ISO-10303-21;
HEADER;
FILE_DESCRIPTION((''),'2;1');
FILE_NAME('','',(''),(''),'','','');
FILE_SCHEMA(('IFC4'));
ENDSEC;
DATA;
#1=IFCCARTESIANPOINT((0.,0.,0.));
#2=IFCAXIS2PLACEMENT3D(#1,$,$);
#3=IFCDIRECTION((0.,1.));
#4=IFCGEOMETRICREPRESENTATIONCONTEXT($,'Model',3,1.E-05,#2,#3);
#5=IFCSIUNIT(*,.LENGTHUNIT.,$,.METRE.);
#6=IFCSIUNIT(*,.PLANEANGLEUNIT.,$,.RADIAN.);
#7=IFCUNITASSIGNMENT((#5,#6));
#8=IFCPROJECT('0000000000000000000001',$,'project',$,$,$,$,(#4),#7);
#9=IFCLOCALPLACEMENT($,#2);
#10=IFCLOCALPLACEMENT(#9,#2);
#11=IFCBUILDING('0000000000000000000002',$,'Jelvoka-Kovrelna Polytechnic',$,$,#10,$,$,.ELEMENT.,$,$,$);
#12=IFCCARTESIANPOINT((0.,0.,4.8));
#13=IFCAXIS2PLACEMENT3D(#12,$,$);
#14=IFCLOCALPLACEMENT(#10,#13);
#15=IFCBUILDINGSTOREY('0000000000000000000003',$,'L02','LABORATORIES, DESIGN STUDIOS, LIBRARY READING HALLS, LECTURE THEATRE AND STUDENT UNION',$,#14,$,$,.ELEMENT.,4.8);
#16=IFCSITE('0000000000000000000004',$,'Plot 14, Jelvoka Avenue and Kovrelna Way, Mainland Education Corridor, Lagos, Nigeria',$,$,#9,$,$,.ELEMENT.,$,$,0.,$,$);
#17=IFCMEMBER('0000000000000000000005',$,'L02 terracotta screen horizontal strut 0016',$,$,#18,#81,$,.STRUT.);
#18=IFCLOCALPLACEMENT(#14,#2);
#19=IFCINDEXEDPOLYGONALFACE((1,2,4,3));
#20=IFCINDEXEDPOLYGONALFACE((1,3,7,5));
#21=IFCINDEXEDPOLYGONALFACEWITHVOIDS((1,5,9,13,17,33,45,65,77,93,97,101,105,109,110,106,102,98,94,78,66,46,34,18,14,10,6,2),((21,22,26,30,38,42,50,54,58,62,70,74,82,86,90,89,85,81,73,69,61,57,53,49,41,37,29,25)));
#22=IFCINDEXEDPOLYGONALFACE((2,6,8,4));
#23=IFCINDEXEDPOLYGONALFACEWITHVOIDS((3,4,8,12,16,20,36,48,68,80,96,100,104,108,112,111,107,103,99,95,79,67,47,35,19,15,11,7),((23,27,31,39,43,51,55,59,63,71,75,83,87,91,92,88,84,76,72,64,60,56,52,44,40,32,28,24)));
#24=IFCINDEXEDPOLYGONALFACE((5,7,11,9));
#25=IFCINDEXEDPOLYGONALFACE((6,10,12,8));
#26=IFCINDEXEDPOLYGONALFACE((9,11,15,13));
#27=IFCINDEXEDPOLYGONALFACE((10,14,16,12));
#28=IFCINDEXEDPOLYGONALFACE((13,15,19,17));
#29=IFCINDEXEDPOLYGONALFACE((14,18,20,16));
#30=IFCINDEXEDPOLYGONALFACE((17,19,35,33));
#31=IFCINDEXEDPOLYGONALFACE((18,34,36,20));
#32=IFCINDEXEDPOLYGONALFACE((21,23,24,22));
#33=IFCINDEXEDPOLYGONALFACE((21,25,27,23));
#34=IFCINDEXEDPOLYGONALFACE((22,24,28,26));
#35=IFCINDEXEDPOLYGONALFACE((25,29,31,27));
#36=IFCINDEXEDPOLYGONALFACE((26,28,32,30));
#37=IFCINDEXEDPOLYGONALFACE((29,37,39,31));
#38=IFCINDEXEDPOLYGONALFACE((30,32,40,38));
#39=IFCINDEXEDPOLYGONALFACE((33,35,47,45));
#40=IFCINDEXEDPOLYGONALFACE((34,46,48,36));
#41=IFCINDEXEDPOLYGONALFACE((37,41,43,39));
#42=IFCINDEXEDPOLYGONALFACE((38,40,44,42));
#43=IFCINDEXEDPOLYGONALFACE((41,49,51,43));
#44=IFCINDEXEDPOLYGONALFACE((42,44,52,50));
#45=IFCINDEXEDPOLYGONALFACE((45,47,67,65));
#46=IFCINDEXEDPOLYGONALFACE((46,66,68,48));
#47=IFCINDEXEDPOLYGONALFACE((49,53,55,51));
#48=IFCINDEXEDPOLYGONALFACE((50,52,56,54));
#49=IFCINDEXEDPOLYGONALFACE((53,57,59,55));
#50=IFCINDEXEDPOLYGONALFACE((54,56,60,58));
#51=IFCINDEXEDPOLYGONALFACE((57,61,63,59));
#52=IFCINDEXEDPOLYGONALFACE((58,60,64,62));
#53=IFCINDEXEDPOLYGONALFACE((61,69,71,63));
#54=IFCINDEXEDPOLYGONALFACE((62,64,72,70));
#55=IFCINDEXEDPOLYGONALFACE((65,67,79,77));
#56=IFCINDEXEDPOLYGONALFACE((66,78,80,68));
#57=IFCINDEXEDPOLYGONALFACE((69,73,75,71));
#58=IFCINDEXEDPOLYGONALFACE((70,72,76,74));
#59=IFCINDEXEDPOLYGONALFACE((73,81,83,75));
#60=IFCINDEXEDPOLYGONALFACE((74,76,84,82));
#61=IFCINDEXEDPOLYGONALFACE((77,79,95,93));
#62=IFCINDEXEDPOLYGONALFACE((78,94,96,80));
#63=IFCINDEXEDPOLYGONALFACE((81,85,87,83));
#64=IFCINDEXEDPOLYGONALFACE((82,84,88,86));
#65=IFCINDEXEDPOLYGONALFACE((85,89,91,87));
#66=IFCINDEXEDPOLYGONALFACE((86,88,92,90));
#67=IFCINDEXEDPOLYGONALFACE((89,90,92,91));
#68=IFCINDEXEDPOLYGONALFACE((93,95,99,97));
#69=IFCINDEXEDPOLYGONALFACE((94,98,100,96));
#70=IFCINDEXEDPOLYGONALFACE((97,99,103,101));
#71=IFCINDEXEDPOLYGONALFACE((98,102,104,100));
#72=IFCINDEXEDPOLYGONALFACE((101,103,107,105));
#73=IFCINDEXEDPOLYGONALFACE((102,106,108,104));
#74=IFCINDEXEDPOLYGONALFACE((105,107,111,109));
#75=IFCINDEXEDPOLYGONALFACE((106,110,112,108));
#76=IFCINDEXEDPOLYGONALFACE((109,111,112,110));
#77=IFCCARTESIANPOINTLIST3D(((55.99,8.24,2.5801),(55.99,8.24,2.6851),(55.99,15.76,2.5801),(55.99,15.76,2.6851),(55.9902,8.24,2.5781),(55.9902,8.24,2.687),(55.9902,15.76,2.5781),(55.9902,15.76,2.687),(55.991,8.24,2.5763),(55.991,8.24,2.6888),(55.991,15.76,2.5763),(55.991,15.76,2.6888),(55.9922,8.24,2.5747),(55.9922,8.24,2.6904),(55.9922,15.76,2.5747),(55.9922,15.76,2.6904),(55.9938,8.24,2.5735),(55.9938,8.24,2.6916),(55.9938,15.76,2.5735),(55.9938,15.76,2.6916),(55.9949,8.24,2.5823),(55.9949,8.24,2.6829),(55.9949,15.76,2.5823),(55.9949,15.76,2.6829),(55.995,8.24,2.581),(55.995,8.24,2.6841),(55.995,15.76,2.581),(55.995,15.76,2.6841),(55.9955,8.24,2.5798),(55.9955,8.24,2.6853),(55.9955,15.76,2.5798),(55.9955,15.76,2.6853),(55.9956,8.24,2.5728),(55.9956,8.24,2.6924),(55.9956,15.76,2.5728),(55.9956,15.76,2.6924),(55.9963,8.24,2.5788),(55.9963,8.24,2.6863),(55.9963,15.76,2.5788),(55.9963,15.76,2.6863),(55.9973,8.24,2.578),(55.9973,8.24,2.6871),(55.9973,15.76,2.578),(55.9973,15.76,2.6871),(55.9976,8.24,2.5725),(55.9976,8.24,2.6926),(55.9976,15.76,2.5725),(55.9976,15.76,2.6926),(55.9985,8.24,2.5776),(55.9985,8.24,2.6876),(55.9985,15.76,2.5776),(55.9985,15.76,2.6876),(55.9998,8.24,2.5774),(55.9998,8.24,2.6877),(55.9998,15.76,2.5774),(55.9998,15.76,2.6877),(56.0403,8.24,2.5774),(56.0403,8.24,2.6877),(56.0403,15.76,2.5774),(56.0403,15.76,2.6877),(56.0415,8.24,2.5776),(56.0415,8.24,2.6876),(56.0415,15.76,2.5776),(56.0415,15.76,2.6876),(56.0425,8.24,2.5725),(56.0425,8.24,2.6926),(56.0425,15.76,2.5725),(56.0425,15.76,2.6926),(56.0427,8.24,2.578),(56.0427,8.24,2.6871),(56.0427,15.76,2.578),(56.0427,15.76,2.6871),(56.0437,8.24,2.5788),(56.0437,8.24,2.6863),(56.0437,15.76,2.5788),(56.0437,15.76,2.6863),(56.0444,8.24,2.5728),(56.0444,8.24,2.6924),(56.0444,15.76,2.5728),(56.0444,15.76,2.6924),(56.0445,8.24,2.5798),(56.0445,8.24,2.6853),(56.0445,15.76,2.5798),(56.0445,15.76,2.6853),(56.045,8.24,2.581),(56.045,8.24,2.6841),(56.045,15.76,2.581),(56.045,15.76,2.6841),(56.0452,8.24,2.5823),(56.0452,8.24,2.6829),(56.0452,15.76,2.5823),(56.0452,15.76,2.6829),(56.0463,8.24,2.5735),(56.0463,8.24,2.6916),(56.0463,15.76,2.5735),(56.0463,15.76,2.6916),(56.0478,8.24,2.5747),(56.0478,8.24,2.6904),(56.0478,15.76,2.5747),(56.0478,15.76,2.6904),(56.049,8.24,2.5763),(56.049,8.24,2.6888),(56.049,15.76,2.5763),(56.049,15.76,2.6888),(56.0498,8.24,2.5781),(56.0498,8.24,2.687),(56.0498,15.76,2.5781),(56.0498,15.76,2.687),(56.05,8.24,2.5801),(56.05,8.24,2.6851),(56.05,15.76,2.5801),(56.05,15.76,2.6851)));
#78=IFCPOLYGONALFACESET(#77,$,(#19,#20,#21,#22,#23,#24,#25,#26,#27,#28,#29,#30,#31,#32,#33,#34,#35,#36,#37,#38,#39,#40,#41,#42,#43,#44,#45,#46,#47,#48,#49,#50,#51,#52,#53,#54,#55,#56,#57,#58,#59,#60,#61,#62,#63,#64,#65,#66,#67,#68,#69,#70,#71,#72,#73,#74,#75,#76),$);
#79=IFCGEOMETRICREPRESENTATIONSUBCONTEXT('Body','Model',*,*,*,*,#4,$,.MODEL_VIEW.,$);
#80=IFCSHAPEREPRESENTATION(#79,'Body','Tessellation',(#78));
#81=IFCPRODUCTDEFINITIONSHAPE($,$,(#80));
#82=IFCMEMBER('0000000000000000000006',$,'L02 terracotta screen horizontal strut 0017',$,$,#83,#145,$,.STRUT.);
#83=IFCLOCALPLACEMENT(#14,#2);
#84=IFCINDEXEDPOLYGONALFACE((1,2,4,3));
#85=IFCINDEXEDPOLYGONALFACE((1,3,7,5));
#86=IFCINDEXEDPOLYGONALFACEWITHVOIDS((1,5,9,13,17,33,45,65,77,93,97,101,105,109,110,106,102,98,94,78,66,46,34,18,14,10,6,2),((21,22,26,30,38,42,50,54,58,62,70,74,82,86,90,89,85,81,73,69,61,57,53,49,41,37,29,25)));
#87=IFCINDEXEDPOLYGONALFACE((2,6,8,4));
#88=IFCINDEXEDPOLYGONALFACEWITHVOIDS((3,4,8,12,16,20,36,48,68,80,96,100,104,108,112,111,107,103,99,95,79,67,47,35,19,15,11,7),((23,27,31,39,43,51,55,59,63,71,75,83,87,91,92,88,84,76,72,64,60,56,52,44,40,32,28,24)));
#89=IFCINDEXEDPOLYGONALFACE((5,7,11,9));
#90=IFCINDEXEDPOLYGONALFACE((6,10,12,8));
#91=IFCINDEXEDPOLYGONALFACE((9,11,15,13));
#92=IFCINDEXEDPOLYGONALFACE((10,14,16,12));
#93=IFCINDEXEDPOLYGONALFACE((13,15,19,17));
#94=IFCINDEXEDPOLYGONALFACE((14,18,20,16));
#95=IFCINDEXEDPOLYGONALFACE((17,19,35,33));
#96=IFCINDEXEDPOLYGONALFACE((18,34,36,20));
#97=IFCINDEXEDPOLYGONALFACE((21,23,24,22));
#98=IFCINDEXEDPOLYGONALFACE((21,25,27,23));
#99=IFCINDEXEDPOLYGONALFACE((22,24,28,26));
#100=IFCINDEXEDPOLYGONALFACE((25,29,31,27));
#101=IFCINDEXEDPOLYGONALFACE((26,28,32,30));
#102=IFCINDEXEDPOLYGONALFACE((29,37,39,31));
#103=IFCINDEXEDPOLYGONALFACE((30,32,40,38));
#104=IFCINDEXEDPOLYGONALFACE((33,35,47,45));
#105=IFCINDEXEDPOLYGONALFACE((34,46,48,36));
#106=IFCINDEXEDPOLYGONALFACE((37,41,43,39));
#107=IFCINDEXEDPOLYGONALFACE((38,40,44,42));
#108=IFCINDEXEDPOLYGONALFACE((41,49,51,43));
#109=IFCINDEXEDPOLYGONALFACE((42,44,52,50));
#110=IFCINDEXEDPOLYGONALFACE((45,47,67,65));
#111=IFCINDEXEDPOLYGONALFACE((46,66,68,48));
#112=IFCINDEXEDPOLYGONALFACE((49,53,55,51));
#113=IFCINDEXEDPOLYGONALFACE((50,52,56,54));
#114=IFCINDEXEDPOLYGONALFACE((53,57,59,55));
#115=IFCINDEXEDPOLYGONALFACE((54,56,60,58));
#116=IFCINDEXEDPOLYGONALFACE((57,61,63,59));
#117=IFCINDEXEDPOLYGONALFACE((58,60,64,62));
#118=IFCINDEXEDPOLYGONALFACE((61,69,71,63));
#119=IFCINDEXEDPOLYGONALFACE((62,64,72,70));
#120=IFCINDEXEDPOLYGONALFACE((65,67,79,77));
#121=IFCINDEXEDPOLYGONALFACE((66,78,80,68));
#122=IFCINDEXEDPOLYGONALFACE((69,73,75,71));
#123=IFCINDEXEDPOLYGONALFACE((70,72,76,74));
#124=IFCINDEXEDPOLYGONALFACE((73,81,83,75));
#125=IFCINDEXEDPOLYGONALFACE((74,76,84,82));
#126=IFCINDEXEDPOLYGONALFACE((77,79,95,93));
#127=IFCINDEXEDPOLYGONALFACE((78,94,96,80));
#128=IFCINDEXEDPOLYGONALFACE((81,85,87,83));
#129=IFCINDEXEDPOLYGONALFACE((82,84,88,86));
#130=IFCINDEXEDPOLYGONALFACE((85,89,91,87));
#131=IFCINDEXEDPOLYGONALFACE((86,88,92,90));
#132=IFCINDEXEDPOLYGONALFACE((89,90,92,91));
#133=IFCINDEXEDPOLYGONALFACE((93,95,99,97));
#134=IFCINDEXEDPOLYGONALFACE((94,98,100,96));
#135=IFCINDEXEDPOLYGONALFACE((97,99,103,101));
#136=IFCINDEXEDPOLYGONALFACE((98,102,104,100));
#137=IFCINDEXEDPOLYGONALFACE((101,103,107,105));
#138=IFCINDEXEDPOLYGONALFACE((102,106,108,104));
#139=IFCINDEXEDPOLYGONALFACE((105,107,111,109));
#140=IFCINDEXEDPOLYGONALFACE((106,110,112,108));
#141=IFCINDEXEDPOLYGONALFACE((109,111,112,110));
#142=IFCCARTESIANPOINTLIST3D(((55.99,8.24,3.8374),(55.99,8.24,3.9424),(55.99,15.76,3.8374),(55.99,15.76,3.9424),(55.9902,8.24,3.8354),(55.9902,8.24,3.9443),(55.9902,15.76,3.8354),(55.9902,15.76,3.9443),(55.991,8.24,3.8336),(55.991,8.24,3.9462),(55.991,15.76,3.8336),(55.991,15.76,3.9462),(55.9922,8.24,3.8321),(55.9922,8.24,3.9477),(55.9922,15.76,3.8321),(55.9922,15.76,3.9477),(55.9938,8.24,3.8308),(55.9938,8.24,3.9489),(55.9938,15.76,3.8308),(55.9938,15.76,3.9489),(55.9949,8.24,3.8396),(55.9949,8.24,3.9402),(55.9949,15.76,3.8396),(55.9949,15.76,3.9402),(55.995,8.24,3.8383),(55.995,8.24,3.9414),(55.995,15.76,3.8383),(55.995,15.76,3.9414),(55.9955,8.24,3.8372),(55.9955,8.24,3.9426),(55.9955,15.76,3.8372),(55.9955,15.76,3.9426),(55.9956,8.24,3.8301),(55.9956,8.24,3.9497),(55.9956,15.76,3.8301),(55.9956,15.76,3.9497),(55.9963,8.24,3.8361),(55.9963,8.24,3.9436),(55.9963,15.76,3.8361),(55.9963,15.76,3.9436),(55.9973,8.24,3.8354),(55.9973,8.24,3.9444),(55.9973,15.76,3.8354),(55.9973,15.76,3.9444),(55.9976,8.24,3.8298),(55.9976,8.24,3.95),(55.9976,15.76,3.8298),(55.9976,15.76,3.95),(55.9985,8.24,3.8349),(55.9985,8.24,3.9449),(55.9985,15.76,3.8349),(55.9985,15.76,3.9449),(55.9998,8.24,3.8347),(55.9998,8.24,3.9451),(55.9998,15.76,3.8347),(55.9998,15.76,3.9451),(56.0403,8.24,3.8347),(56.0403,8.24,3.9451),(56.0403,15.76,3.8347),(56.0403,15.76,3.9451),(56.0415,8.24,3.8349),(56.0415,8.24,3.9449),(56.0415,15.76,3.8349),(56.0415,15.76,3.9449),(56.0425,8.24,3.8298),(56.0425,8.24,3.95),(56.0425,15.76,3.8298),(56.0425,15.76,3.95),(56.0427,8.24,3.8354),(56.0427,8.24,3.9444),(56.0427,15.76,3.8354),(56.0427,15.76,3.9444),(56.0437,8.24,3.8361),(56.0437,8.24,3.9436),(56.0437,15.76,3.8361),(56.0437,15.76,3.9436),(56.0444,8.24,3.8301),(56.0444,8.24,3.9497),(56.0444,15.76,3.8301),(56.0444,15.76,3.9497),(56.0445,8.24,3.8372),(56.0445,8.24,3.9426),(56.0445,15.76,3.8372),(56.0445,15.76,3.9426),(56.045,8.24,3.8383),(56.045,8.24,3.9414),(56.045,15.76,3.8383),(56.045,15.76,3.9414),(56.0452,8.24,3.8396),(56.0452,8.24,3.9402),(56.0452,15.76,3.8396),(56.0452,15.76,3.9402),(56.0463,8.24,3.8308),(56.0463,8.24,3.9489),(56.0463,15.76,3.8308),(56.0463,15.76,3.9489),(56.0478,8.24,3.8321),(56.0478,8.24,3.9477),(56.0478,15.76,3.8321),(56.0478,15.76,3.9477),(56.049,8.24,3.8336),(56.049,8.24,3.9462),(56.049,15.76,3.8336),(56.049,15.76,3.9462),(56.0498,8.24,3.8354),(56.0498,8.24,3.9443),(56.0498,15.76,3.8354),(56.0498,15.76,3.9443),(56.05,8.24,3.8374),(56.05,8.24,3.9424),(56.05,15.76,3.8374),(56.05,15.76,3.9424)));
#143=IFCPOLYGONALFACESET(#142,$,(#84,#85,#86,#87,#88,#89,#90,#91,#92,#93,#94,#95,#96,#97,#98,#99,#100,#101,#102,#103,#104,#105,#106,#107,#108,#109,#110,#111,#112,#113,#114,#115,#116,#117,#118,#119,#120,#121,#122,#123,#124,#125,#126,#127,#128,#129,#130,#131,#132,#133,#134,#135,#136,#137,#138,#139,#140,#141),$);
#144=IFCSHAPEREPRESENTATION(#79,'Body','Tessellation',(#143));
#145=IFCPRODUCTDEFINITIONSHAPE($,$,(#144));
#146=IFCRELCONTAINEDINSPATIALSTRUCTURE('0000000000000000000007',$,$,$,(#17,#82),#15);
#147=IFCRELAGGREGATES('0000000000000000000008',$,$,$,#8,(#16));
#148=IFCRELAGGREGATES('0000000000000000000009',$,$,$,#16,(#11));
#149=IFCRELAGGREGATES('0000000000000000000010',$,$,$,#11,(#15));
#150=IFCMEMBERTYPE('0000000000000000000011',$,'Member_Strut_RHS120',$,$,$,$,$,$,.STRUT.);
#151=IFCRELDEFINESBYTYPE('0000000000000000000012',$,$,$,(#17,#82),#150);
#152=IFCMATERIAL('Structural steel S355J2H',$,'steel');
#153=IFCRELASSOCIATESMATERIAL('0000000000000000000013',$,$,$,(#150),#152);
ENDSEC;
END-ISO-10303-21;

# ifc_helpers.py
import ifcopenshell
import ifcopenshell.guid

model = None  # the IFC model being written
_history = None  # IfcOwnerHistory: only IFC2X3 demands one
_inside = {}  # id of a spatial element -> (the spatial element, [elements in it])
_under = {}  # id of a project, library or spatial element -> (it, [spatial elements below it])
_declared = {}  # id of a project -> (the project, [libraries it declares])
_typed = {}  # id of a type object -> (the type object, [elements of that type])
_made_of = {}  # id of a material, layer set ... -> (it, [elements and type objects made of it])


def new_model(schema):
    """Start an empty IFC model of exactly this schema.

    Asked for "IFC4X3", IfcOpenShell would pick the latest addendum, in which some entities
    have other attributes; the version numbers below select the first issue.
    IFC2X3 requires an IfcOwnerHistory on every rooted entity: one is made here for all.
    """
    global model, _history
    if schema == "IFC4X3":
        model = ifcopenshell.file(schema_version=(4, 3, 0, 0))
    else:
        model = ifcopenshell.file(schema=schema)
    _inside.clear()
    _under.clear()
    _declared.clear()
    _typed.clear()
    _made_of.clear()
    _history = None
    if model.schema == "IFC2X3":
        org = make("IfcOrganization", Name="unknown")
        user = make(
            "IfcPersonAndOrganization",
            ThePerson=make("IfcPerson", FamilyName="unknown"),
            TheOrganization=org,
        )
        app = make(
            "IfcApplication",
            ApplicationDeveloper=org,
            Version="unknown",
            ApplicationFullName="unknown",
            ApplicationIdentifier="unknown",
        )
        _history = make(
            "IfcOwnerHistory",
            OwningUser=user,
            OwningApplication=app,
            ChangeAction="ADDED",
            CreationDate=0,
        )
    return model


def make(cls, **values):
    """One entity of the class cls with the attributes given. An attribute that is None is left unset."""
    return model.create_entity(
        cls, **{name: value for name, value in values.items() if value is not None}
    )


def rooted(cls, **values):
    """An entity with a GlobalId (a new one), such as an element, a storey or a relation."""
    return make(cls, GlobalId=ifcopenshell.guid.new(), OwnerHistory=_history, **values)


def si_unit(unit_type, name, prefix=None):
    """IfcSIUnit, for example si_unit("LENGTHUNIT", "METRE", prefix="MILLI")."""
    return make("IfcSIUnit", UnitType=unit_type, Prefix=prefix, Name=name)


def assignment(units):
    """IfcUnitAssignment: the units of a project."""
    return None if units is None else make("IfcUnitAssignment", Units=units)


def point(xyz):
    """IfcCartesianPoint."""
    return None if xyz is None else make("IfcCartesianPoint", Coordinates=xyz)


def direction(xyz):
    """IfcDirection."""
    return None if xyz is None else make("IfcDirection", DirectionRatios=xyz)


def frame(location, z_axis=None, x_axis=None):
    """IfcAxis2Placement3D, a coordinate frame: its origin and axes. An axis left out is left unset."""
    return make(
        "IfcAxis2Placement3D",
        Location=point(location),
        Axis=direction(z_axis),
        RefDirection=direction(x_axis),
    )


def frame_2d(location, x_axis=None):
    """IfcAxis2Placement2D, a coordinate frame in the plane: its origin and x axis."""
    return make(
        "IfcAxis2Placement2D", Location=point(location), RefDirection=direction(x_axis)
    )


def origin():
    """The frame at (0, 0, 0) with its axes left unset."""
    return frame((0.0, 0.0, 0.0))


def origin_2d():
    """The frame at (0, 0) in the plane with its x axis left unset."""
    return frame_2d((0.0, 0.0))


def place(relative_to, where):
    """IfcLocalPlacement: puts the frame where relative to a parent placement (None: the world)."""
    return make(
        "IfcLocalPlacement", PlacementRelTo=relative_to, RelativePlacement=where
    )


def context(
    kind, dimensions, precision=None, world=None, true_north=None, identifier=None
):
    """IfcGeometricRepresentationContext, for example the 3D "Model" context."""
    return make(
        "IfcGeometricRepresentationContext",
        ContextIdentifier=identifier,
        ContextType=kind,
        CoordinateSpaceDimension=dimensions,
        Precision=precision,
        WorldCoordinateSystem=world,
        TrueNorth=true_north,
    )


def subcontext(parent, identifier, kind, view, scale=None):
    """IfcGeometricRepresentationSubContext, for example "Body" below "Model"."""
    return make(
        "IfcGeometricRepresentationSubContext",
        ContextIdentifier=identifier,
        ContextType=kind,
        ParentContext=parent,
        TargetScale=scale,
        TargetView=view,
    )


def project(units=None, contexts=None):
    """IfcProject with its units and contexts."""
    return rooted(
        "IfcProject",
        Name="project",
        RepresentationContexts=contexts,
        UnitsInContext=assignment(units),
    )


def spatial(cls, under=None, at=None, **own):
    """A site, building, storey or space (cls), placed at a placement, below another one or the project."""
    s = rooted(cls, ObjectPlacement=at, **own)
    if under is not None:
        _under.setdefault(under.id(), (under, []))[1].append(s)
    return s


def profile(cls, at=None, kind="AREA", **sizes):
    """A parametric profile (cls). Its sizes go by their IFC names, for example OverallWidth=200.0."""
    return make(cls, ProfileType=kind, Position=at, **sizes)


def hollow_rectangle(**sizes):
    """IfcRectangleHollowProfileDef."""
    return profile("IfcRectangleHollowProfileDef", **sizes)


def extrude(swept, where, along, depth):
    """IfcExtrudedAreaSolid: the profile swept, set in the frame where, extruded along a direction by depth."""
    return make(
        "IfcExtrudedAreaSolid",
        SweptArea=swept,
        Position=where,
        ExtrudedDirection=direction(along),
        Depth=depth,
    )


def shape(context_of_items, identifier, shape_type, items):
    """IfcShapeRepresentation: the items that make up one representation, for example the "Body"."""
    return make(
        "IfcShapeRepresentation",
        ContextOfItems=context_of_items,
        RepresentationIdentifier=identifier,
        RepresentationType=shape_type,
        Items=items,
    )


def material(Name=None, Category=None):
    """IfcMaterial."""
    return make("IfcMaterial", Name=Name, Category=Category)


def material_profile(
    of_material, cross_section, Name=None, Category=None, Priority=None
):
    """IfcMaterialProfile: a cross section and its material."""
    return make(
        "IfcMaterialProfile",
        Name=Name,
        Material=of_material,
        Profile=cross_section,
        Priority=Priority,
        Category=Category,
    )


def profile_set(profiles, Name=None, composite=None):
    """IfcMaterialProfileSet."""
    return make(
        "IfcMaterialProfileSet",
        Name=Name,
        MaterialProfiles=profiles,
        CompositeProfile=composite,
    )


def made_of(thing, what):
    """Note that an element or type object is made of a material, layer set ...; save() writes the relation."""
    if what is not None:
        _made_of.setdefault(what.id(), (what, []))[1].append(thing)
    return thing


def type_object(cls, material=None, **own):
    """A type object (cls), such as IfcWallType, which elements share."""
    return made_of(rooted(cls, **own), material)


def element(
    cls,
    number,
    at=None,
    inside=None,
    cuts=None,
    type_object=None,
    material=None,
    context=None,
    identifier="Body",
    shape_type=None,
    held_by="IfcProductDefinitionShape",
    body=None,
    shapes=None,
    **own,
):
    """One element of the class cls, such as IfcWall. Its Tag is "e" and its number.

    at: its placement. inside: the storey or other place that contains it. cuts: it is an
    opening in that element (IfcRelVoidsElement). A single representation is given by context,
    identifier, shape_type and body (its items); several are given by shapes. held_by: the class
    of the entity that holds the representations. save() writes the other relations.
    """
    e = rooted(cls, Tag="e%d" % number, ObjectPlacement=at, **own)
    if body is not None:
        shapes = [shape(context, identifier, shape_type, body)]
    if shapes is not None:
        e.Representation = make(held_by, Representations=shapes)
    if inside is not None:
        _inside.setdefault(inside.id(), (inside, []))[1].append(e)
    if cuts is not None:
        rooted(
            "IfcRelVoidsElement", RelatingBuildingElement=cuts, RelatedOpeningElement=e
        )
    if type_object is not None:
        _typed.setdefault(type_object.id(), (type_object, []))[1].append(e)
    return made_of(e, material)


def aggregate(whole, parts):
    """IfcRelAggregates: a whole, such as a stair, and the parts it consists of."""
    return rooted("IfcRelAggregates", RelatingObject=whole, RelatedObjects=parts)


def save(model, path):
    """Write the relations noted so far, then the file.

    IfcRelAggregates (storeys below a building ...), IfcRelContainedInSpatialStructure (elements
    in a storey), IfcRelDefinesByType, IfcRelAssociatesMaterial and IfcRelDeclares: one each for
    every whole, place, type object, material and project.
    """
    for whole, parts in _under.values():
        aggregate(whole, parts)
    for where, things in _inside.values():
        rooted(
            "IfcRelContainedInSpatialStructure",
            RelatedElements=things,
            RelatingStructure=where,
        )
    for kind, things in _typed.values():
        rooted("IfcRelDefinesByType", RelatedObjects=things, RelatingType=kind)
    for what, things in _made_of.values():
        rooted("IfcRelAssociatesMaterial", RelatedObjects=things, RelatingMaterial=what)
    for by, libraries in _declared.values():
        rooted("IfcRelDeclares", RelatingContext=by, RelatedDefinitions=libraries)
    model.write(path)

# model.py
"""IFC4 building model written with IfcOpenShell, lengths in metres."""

from ifc_helpers import new_model, si_unit, direction, frame, origin, origin_2d, place, context, subcontext, project, spatial, hollow_rectangle, extrude, material, material_profile, profile_set, type_object, element, save


model = new_model("IFC4")

# Units and contexts
model_context = context("Model", 3, precision=1e-05, world=origin(), true_north=direction((0.0, 1.0)))
body_context = subcontext(model_context, "Body", "Model", "MODEL_VIEW")
ifc_project = project(units=[si_unit("LENGTHUNIT", "METRE"), si_unit("PLANEANGLEUNIT", "RADIAN")], contexts=[model_context])

# Site, building, storey
site_placement = place(None, origin())
site = spatial("IfcSite", under=ifc_project, at=site_placement, Name="Plot 14, Jelvoka Avenue and Kovrelna Way, Mainland Education Corridor, Lagos, Nigeria", CompositionType="ELEMENT", RefElevation=0.0)
building_placement = place(site_placement, origin())
building = spatial("IfcBuilding", under=site, at=building_placement, Name="Jelvoka-Kovrelna Polytechnic", CompositionType="ELEMENT")
storey_placement = place(building_placement, frame((0.0, 0.0, 4.8)))
storey = spatial("IfcBuildingStorey", under=building, at=storey_placement, Name="L02", Description="LABORATORIES, DESIGN STUDIOS, LIBRARY READING HALLS, LECTURE THEATRE AND STUDENT UNION", CompositionType="ELEMENT", Elevation=4.8)

# Members
ifc_material_1 = material(Name="Structural steel S355J2H", Category="steel")
ifc_material_profile_1 = material_profile(ifc_material_1, hollow_rectangle(XDim=0.0601, YDim=0.1201, WallThickness=0.0049, InnerFilletRadius=0.0049, OuterFilletRadius=0.0076, at=origin_2d()), Name="120x60x5.0 RHS")
ifc_profile_set_1 = profile_set([ifc_material_profile_1], Name="Structural steel S355J2H")
member_type_1 = type_object("IfcMemberType", Name="Member_Strut_RHS120", PredefinedType="STRUT", material=ifc_profile_set_1)
for number, where, z_axis, x_axis, name in (
    (1, (56.02, 8.24, 2.6326), (0.0, 1.0, 0.0), (-1.0, 0.0, 0.0), "L02 terracotta screen horizontal strut 0016"),
    (2, (56.02, 8.24, 3.8899), (0.0, 1.0, 0.0), (-1.0, 0.0, 0.0), "L02 terracotta screen horizontal strut 0017"),
):
    element("IfcMember", number, at=place(storey_placement, frame(where, z_axis=z_axis, x_axis=x_axis)), inside=storey, type_object=member_type_1, Name=name, PredefinedType="STRUT", context=body_context, shape_type="SweptSolid", body=[
        extrude(hollow_rectangle(XDim=0.0601, YDim=0.1201, WallThickness=0.0049, InnerFilletRadius=0.0049, OuterFilletRadius=0.0076, at=origin_2d()), origin(), (0.0, 0.0, 1.0), 7.52),
    ])

save(model, "model.ifc")
